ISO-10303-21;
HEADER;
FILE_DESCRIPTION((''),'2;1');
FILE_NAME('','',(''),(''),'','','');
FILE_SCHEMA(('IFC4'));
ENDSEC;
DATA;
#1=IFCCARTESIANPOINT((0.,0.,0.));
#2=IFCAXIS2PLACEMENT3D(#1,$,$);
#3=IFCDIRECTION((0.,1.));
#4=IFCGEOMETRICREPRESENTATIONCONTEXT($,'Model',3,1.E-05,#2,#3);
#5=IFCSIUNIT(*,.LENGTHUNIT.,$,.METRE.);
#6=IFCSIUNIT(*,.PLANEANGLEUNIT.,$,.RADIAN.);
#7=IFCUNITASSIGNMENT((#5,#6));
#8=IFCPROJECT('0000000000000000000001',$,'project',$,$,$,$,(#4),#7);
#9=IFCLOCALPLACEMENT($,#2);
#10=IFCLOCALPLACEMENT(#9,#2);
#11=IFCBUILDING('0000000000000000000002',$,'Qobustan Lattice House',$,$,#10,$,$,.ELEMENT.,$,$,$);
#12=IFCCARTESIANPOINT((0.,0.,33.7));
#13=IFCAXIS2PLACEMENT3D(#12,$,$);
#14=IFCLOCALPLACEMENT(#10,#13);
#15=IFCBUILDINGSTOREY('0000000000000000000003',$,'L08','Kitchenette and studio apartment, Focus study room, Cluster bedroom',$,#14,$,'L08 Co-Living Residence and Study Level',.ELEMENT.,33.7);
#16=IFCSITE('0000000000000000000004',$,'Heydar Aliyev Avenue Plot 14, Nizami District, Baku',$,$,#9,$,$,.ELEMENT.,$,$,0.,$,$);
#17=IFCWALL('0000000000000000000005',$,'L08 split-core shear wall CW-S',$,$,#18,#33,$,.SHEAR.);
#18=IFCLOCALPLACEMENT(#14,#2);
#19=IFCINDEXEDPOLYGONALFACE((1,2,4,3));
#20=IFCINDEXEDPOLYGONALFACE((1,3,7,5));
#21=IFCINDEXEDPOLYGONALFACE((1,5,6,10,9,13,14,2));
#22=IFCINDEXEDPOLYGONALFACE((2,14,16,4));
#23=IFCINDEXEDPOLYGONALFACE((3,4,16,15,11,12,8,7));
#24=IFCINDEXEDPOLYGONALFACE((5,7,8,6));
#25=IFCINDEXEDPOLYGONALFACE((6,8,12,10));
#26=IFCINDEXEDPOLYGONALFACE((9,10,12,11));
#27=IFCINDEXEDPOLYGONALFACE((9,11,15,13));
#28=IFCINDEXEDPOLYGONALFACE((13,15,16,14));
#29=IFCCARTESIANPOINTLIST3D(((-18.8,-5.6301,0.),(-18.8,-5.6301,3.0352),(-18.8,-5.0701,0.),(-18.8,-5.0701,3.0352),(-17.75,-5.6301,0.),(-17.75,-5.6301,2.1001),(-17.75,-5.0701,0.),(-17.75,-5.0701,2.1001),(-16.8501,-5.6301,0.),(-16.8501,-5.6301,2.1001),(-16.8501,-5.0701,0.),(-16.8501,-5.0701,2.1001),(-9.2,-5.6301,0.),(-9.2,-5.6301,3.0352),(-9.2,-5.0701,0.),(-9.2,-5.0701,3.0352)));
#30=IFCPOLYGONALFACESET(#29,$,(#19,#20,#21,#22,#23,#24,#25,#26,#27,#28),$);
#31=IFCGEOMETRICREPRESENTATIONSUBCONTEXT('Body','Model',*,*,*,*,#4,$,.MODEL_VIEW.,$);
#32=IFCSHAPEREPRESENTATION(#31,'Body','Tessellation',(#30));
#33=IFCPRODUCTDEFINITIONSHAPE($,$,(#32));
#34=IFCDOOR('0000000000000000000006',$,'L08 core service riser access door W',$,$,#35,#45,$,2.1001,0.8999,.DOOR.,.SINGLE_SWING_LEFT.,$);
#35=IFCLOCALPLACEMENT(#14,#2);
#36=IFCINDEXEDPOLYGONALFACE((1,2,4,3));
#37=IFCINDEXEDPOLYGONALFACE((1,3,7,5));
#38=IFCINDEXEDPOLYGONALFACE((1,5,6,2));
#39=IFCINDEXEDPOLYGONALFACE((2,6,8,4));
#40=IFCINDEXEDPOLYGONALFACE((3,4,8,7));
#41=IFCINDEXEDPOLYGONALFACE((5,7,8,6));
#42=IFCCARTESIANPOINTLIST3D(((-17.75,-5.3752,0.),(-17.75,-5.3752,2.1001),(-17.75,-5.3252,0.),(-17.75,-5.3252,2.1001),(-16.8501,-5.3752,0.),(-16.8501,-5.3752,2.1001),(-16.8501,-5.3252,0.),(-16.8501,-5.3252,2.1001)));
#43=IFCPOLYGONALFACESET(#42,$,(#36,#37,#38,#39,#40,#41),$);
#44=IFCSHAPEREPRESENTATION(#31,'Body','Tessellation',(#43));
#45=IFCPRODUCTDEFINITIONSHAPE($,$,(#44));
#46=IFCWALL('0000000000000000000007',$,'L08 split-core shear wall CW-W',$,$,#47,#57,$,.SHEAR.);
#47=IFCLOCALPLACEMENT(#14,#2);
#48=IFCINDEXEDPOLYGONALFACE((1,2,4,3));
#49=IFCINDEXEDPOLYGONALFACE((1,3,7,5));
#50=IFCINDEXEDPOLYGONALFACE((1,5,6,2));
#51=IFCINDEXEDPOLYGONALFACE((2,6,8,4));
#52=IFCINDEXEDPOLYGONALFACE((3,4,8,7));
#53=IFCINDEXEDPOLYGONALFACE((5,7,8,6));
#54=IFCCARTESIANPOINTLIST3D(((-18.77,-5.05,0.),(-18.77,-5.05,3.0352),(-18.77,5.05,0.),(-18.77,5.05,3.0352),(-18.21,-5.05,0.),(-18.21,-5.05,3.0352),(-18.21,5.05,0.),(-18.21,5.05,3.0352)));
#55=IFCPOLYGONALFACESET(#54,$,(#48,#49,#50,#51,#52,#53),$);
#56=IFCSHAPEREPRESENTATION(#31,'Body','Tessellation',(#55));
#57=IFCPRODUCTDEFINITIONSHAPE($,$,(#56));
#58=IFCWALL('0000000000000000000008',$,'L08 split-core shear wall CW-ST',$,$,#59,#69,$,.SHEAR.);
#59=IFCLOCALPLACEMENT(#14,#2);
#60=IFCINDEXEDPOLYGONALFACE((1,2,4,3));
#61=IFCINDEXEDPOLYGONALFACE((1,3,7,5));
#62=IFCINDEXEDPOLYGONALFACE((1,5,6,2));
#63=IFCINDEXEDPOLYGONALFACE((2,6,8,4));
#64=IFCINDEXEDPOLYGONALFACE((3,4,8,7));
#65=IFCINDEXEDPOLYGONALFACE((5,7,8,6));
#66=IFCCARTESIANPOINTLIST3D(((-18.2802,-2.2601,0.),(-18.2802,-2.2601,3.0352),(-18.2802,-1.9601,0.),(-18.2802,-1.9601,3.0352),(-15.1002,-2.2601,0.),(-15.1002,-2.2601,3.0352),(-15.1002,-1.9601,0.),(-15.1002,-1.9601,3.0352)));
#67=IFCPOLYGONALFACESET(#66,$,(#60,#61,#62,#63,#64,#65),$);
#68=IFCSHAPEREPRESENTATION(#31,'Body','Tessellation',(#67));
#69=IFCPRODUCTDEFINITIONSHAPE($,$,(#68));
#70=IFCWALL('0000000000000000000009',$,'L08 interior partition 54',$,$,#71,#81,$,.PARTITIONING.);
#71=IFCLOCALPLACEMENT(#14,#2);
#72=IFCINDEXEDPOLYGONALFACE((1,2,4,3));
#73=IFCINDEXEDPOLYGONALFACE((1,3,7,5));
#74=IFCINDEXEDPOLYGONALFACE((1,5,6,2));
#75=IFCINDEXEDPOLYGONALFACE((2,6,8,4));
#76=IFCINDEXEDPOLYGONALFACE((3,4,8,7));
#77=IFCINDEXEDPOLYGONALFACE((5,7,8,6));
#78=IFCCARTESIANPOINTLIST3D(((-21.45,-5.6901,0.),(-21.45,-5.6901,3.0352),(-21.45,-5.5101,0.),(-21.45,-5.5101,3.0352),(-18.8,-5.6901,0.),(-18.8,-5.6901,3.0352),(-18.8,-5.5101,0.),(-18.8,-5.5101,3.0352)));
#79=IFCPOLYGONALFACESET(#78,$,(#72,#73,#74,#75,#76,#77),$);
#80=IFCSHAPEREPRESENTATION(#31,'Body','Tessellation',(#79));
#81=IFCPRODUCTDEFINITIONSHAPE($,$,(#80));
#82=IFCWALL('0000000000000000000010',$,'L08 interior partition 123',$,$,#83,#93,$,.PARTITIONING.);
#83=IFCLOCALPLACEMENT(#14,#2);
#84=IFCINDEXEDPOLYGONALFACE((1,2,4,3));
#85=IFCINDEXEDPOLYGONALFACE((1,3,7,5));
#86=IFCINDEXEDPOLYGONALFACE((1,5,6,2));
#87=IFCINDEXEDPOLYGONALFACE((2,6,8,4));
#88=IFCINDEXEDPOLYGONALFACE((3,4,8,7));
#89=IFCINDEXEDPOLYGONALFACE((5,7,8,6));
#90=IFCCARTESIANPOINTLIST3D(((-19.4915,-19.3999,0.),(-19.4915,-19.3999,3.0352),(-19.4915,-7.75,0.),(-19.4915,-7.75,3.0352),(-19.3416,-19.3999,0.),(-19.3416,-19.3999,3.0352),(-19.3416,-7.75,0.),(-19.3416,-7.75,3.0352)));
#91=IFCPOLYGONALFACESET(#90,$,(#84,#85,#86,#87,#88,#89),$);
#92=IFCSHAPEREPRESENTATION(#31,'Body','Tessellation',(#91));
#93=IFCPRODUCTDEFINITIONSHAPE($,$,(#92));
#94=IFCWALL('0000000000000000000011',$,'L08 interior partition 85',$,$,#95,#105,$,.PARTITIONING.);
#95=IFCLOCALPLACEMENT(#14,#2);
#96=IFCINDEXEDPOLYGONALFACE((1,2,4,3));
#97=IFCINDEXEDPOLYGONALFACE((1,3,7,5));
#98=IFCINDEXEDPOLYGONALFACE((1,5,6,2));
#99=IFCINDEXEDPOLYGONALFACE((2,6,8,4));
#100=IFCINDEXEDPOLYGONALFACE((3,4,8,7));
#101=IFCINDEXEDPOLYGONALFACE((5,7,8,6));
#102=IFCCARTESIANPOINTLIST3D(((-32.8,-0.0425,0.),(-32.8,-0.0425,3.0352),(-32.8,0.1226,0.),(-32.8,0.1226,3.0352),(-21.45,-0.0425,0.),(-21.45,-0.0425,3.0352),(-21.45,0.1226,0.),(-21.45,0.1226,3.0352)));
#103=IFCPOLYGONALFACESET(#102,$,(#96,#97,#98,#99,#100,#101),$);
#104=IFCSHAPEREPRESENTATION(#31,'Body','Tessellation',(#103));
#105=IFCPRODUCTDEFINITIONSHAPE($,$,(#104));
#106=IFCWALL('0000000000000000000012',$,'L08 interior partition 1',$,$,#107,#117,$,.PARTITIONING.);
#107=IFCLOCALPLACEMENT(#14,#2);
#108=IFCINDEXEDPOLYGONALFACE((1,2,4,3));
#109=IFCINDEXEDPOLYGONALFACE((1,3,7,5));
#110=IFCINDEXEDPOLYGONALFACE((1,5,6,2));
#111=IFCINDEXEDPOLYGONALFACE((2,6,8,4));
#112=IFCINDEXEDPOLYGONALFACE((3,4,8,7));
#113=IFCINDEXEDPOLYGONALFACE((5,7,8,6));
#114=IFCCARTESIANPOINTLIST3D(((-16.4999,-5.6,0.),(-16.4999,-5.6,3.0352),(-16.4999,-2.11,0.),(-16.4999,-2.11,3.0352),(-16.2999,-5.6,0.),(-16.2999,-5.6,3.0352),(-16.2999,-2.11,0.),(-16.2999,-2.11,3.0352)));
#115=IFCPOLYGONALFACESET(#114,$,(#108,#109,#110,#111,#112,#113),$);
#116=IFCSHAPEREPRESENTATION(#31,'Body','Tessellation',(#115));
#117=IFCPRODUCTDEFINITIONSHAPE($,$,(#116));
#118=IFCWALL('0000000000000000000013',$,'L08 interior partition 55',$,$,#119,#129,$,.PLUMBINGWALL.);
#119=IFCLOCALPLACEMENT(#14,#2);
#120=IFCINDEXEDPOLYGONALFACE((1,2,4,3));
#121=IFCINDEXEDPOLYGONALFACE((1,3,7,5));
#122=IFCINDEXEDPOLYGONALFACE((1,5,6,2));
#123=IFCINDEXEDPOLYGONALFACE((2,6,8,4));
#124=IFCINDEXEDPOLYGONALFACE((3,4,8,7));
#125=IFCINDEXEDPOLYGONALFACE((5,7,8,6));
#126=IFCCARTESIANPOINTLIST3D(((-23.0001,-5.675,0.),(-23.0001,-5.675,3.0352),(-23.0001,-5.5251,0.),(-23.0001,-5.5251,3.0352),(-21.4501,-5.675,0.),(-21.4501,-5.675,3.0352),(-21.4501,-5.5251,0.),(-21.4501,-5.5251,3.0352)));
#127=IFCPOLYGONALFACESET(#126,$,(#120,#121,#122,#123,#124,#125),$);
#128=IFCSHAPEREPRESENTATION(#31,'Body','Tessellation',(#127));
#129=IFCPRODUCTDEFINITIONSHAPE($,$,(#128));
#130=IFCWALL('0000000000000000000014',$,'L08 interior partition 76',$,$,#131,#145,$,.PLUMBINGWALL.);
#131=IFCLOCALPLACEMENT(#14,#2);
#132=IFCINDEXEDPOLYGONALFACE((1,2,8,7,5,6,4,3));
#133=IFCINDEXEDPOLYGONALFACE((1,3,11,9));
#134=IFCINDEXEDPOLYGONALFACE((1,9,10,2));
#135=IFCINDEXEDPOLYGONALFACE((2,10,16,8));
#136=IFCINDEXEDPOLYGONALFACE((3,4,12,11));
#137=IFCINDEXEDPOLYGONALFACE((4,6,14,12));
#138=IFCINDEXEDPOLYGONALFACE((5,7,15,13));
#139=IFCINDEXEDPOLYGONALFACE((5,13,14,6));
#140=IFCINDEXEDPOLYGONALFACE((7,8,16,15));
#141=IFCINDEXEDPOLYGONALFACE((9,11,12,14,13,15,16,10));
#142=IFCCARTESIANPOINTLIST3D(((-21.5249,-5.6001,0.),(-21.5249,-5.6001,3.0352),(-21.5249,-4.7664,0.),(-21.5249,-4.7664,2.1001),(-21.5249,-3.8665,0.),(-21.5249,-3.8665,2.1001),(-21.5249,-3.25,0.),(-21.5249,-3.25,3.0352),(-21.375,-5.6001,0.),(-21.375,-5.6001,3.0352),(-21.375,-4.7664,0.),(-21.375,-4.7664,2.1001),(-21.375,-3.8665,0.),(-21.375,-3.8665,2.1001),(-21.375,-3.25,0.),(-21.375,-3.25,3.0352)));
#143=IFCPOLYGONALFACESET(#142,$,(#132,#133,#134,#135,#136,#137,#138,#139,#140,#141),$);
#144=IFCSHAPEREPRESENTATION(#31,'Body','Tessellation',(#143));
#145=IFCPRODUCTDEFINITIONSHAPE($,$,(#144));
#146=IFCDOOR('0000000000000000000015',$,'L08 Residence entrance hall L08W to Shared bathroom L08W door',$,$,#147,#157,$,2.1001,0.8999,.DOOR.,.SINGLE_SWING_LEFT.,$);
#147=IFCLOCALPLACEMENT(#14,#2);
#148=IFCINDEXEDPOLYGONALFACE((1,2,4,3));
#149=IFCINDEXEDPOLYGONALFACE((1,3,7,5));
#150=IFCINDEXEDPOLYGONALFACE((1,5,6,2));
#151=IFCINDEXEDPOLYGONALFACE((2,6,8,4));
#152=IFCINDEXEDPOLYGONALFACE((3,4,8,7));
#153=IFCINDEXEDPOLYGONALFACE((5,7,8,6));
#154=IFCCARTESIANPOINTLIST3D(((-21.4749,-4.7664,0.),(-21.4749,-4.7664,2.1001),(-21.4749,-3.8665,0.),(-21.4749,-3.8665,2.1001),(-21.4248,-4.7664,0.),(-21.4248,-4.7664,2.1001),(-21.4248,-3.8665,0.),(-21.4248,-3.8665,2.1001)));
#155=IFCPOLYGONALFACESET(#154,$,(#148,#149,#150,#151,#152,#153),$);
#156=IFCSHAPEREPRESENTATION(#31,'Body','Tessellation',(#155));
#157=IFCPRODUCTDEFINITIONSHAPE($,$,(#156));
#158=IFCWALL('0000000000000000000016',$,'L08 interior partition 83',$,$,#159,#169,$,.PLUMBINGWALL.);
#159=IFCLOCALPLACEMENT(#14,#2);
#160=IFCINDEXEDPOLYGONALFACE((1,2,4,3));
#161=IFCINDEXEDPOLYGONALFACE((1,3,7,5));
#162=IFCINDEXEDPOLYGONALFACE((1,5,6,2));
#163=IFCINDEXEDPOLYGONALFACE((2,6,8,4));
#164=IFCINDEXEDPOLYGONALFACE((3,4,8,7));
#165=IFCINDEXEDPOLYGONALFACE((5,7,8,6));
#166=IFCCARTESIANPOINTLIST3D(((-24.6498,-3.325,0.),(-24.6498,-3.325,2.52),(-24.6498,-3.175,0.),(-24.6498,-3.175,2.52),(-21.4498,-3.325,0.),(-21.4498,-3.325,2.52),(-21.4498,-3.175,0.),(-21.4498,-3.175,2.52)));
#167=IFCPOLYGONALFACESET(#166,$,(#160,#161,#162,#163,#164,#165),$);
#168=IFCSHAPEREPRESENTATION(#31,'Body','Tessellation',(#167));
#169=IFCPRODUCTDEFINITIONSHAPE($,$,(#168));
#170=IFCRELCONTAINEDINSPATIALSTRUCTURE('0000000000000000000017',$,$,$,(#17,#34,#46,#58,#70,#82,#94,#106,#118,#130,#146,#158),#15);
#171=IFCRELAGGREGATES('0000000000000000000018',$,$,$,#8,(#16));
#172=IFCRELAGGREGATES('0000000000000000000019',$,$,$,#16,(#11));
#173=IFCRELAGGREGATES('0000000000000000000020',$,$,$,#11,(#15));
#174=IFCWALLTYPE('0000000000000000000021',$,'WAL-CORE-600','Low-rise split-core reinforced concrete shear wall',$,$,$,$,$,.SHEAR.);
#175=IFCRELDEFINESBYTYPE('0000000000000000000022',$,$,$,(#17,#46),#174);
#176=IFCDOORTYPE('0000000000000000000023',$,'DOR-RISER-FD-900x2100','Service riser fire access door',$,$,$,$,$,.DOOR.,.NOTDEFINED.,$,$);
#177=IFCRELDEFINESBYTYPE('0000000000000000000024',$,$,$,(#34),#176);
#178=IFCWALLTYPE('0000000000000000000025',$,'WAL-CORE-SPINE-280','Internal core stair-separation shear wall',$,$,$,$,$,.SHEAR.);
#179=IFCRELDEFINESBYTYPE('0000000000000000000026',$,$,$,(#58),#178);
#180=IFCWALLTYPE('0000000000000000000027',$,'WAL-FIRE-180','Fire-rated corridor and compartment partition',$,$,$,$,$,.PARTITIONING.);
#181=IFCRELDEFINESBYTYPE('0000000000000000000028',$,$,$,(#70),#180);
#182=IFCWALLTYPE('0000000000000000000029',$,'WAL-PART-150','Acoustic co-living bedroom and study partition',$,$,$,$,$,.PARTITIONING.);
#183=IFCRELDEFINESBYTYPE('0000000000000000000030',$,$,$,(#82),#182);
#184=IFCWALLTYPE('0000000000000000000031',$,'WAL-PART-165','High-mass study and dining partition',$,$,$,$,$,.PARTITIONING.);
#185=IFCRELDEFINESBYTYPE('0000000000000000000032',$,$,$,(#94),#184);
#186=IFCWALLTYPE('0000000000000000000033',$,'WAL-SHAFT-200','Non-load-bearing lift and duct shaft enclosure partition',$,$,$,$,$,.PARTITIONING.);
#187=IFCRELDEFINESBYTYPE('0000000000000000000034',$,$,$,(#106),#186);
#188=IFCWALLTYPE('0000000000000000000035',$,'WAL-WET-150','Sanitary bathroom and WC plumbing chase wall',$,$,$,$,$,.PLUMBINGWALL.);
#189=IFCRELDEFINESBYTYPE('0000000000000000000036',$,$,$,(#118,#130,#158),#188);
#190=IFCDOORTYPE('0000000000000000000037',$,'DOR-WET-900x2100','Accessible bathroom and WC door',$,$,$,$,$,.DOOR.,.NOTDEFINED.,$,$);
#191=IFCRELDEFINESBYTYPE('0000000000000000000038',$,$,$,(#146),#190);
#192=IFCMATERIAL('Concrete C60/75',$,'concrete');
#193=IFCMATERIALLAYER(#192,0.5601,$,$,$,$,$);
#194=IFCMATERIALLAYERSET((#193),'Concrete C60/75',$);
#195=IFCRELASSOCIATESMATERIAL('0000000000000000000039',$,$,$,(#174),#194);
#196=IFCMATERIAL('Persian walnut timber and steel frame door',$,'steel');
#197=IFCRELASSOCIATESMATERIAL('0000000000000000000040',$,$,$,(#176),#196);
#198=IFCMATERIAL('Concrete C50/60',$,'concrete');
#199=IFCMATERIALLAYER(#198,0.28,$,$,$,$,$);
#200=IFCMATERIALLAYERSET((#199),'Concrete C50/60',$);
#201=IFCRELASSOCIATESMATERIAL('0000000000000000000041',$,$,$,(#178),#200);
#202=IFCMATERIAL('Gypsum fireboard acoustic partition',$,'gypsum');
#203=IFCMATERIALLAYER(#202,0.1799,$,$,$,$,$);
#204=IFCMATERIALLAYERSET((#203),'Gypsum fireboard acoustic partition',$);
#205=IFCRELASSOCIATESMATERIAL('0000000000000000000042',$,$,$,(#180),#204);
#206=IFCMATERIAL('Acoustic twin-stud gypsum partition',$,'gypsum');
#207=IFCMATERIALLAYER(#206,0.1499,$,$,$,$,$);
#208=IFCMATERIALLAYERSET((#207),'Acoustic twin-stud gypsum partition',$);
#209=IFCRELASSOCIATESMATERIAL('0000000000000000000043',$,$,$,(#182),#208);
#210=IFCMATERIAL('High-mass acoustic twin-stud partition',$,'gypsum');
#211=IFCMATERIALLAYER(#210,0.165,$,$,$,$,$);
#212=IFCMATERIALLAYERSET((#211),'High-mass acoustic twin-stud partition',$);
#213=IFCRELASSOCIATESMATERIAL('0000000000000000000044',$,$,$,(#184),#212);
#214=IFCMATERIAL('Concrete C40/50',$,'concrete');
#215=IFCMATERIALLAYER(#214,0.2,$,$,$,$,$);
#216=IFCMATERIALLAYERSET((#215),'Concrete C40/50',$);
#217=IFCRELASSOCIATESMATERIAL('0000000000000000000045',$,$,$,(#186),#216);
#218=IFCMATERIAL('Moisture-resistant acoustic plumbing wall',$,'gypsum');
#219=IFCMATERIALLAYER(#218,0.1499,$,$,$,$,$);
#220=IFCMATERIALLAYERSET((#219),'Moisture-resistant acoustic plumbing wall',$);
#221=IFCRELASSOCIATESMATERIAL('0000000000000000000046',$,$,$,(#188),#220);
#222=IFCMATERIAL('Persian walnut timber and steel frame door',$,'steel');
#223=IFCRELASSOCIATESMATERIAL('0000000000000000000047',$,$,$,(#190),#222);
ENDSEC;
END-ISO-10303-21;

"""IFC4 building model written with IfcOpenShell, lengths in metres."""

from ifc_helpers import new_model, si_unit, direction, frame, frame_2d, origin, place, context, subcontext, project, spatial, rectangle, extrude, material, layer, layer_set, type_object, element, fill, save


model = new_model("IFC4")

# Units and contexts
model_context = context("Model", 3, precision=1e-05, world=origin(), true_north=direction((0.0, 1.0)))
body_context = subcontext(model_context, "Body", "Model", "MODEL_VIEW")
ifc_project = project(units=[si_unit("LENGTHUNIT", "METRE"), si_unit("PLANEANGLEUNIT", "RADIAN")], contexts=[model_context])

# Site, building, storey
site_placement = place(None, origin())
site = spatial("IfcSite", under=ifc_project, at=site_placement, Name="Heydar Aliyev Avenue Plot 14, Nizami District, Baku", CompositionType="ELEMENT", RefElevation=0.0)
building_placement = place(site_placement, origin())
building = spatial("IfcBuilding", under=site, at=building_placement, Name="Qobustan Lattice House", CompositionType="ELEMENT")
storey_placement = place(building_placement, frame((0.0, 0.0, 33.7)))
storey = spatial("IfcBuildingStorey", under=building, at=storey_placement, Name="L08", Description="Kitchenette and studio apartment, Focus study room, Cluster bedroom", LongName="L08 Co-Living Residence and Study Level", CompositionType="ELEMENT", Elevation=33.7)

# Wall, opening, door
ifc_material_1 = material(Name="Concrete C60/75", Category="concrete")
ifc_layer_1 = layer(ifc_material_1, 0.5601)
ifc_layer_set_1 = layer_set([ifc_layer_1], Name="Concrete C60/75")
wall_type_1 = type_object("IfcWallType", Name="WAL-CORE-600", Description="Low-rise split-core reinforced concrete shear wall", PredefinedType="SHEAR", material=ifc_layer_set_1)
wall_1_placement = place(storey_placement, frame((-18.8, -5.3501, 0.0), z_axis=(0.0, 0.0, 1.0), x_axis=(1.0, 0.0, 0.0)))
wall_1 = element("IfcWall", 1, at=wall_1_placement, inside=storey, type_object=wall_type_1, Name="L08 split-core shear wall CW-S", PredefinedType="SHEAR", context=body_context, shape_type="SweptSolid", body=[
    extrude(rectangle(XDim=9.6001, YDim=0.5601, at=frame_2d((4.8, 0.0))), origin(), (0.0, 0.0, 1.0), 3.0352),
])
opening_1_placement = place(wall_1_placement, frame((1.05, 0.0, 0.0)))
opening_1 = element("IfcOpeningElement", 2, at=opening_1_placement, cuts=wall_1, PredefinedType="OPENING", context=body_context, shape_type="SweptSolid", body=[
    extrude(rectangle(XDim=0.8999, YDim=2.1001, at=frame_2d((0.45, 1.05))), frame((0.0, 0.29, 0.0), z_axis=(0.0, -1.0, 0.0), x_axis=(1.0, 0.0, 0.0)), (0.0, 0.0, 1.0), 0.5801),
])
ifc_material_2 = material(Name="Persian walnut timber and steel frame door", Category="steel")
door_type_1 = type_object("IfcDoorType", Name="DOR-RISER-FD-900x2100", Description="Service riser fire access door", OperationType="NOTDEFINED", PredefinedType="DOOR", material=ifc_material_2)
door_1_placement = place(opening_1_placement, origin())
door_1 = element("IfcDoor", 3, at=door_1_placement, inside=storey, type_object=door_type_1, Name="L08 core service riser access door W", OperationType="SINGLE_SWING_LEFT", OverallHeight=2.1001, OverallWidth=0.8999, PredefinedType="DOOR", context=body_context, shape_type="SweptSolid", body=[
    extrude(rectangle(XDim=0.8999, YDim=2.1001, at=frame_2d((0.45, 1.05))), frame((0.0, 0.0249, 0.0), z_axis=(0.0, -1.0, 0.0), x_axis=(1.0, 0.0, 0.0)), (0.0, 0.0, 1.0), 0.05),
])
fill(opening_1, door_1)

# Walls
wall_2_placement = place(storey_placement, frame((-18.49, -5.05, 0.0), z_axis=(0.0, 0.0, 1.0), x_axis=(0.0, 1.0, 0.0)))
element("IfcWall", 4, at=wall_2_placement, inside=storey, type_object=wall_type_1, Name="L08 split-core shear wall CW-W", PredefinedType="SHEAR", context=body_context, shape_type="SweptSolid", body=[
    extrude(rectangle(XDim=10.1001, YDim=0.5601, at=frame_2d((5.05, 0.0))), origin(), (0.0, 0.0, 1.0), 3.0352),
])
ifc_material_3 = material(Name="Concrete C50/60", Category="concrete")
ifc_layer_2 = layer(ifc_material_3, 0.28)
ifc_layer_set_2 = layer_set([ifc_layer_2], Name="Concrete C50/60")
wall_type_2 = type_object("IfcWallType", Name="WAL-CORE-SPINE-280", Description="Internal core stair-separation shear wall", PredefinedType="SHEAR", material=ifc_layer_set_2)
wall_3_placement = place(storey_placement, frame((-18.28, -2.1101, 0.0), z_axis=(0.0, 0.0, 1.0), x_axis=(1.0, 0.0, 0.0)))
element("IfcWall", 5, at=wall_3_placement, inside=storey, type_object=wall_type_2, Name="L08 split-core shear wall CW-ST", PredefinedType="SHEAR", context=body_context, shape_type="SweptSolid", body=[
    extrude(rectangle(XDim=3.1799, YDim=0.3, at=frame_2d((1.5898, 0.0))), origin(), (0.0, 0.0, 1.0), 3.0352),
])
ifc_material_4 = material(Name="Gypsum fireboard acoustic partition", Category="gypsum")
ifc_layer_3 = layer(ifc_material_4, 0.1799)
ifc_layer_set_3 = layer_set([ifc_layer_3], Name="Gypsum fireboard acoustic partition")
wall_type_3 = type_object("IfcWallType", Name="WAL-FIRE-180", Description="Fire-rated corridor and compartment partition", PredefinedType="PARTITIONING", material=ifc_layer_set_3)
wall_4_placement = place(storey_placement, frame((-21.45, -5.6001, 0.0), z_axis=(0.0, 0.0, 1.0), x_axis=(1.0, 0.0, 0.0)))
element("IfcWall", 6, at=wall_4_placement, inside=storey, type_object=wall_type_3, Name="L08 interior partition 54", PredefinedType="PARTITIONING", context=body_context, shape_type="SweptSolid", body=[
    extrude(rectangle(XDim=2.6499, YDim=0.1799, at=frame_2d((1.325, 0.0))), origin(), (0.0, 0.0, 1.0), 3.0352),
])

# Shared definitions
ifc_material_5 = material(Name="Acoustic twin-stud gypsum partition", Category="gypsum")
ifc_layer_4 = layer(ifc_material_5, 0.1499)
ifc_layer_set_4 = layer_set([ifc_layer_4], Name="Acoustic twin-stud gypsum partition")
wall_type_4 = type_object("IfcWallType", Name="WAL-PART-150", Description="Acoustic co-living bedroom and study partition", PredefinedType="PARTITIONING", material=ifc_layer_set_4)

# Wall
wall_5_placement = place(storey_placement, frame((-19.4165, -7.75, 0.0), z_axis=(0.0, 0.0, 1.0), x_axis=(0.0, -1.0, 0.0)))
element("IfcWall", 7, at=wall_5_placement, inside=storey, type_object=wall_type_4, Name="L08 interior partition 123", PredefinedType="PARTITIONING", context=body_context, shape_type="SweptSolid", body=[
    extrude(rectangle(XDim=11.6499, YDim=0.1499, at=frame_2d((5.825, 0.0))), origin(), (0.0, 0.0, 1.0), 3.0352),
])

# Shared definitions
ifc_material_6 = material(Name="High-mass acoustic twin-stud partition", Category="gypsum")
ifc_layer_5 = layer(ifc_material_6, 0.165)
ifc_layer_set_5 = layer_set([ifc_layer_5], Name="High-mass acoustic twin-stud partition")
wall_type_5 = type_object("IfcWallType", Name="WAL-PART-165", Description="High-mass study and dining partition", PredefinedType="PARTITIONING", material=ifc_layer_set_5)

# Walls
wall_6_placement = place(storey_placement, frame((-32.8, 0.04, 0.0), z_axis=(0.0, 0.0, 1.0), x_axis=(1.0, 0.0, 0.0)))
element("IfcWall", 8, at=wall_6_placement, inside=storey, type_object=wall_type_5, Name="L08 interior partition 85", PredefinedType="PARTITIONING", context=body_context, shape_type="SweptSolid", body=[
    extrude(rectangle(XDim=11.3501, YDim=0.165, at=frame_2d((5.675, 0.0))), origin(), (0.0, 0.0, 1.0), 3.0352),
])
ifc_material_7 = material(Name="Concrete C40/50", Category="concrete")
ifc_layer_6 = layer(ifc_material_7, 0.2)
ifc_layer_set_6 = layer_set([ifc_layer_6], Name="Concrete C40/50")
wall_type_6 = type_object("IfcWallType", Name="WAL-SHAFT-200", Description="Non-load-bearing lift and duct shaft enclosure partition", PredefinedType="PARTITIONING", material=ifc_layer_set_6)
wall_7_placement = place(storey_placement, frame((-16.3999, -5.6001, 0.0), z_axis=(0.0, 0.0, 1.0), x_axis=(0.0, 1.0, 0.0)))
element("IfcWall", 9, at=wall_7_placement, inside=storey, type_object=wall_type_6, Name="L08 interior partition 1", PredefinedType="PARTITIONING", context=body_context, shape_type="SweptSolid", body=[
    extrude(rectangle(XDim=3.49, YDim=0.2, at=frame_2d((1.7451, 0.0))), origin(), (0.0, 0.0, 1.0), 3.0352),
])
ifc_material_8 = material(Name="Moisture-resistant acoustic plumbing wall", Category="gypsum")
ifc_layer_7 = layer(ifc_material_8, 0.1499)
ifc_layer_set_7 = layer_set([ifc_layer_7], Name="Moisture-resistant acoustic plumbing wall")
wall_type_7 = type_object("IfcWallType", Name="WAL-WET-150", Description="Sanitary bathroom and WC plumbing chase wall", PredefinedType="PLUMBINGWALL", material=ifc_layer_set_7)
wall_8_placement = place(storey_placement, frame((-23.0, -5.6001, 0.0), z_axis=(0.0, 0.0, 1.0), x_axis=(1.0, 0.0, 0.0)))
element("IfcWall", 10, at=wall_8_placement, inside=storey, type_object=wall_type_7, Name="L08 interior partition 55", PredefinedType="PLUMBINGWALL", context=body_context, shape_type="SweptSolid", body=[
    extrude(rectangle(XDim=1.55, YDim=0.1499, at=frame_2d((0.7749, 0.0))), origin(), (0.0, 0.0, 1.0), 3.0352),
])

# Wall, opening, door
wall_9_placement = place(storey_placement, frame((-21.45, -5.6001, 0.0), z_axis=(0.0, 0.0, 1.0), x_axis=(0.0, 1.0, 0.0)))
wall_9 = element("IfcWall", 11, at=wall_9_placement, inside=storey, type_object=wall_type_7, Name="L08 interior partition 76", PredefinedType="PLUMBINGWALL", context=body_context, shape_type="SweptSolid", body=[
    extrude(rectangle(XDim=2.3501, YDim=0.1499, at=frame_2d((1.175, 0.0))), origin(), (0.0, 0.0, 1.0), 3.0352),
])
opening_2_placement = place(wall_9_placement, frame((0.8337, 0.0, 0.0)))
opening_2 = element("IfcOpeningElement", 12, at=opening_2_placement, cuts=wall_9, PredefinedType="OPENING", context=body_context, shape_type="SweptSolid", body=[
    extrude(rectangle(XDim=0.8999, YDim=2.1001, at=frame_2d((0.45, 1.05))), frame((0.0, 0.085, 0.0), z_axis=(0.0, -1.0, 0.0), x_axis=(1.0, 0.0, 0.0)), (0.0, 0.0, 1.0), 0.1699),
])
ifc_material_9 = material(Name="Persian walnut timber and steel frame door", Category="steel")
door_type_2 = type_object("IfcDoorType", Name="DOR-WET-900x2100", Description="Accessible bathroom and WC door", OperationType="NOTDEFINED", PredefinedType="DOOR", material=ifc_material_9)
door_2_placement = place(opening_2_placement, origin())
door_2 = element("IfcDoor", 13, at=door_2_placement, inside=storey, type_object=door_type_2, Name="L08 Residence entrance hall L08W to Shared bathroom L08W door", OperationType="SINGLE_SWING_LEFT", OverallHeight=2.1001, OverallWidth=0.8999, PredefinedType="DOOR", context=body_context, shape_type="SweptSolid", body=[
    extrude(rectangle(XDim=0.8999, YDim=2.1001, at=frame_2d((0.45, 1.05))), frame((0.0, 0.0249, 0.0), z_axis=(0.0, -1.0, 0.0), x_axis=(1.0, 0.0, 0.0)), (0.0, 0.0, 1.0), 0.05),
])
fill(opening_2, door_2)

# Wall
wall_10_placement = place(storey_placement, frame((-24.6499, -3.25, 0.0), z_axis=(0.0, 0.0, 1.0), x_axis=(1.0, 0.0, 0.0)))
element("IfcWall", 14, at=wall_10_placement, inside=storey, type_object=wall_type_7, Name="L08 interior partition 83", PredefinedType="PLUMBINGWALL", context=body_context, shape_type="SweptSolid", body=[
    extrude(rectangle(XDim=3.2, YDim=0.1499, at=frame_2d((1.6001, 0.0))), origin(), (0.0, 0.0, 1.0), 2.52),
])

save(model, "model.ifc")
